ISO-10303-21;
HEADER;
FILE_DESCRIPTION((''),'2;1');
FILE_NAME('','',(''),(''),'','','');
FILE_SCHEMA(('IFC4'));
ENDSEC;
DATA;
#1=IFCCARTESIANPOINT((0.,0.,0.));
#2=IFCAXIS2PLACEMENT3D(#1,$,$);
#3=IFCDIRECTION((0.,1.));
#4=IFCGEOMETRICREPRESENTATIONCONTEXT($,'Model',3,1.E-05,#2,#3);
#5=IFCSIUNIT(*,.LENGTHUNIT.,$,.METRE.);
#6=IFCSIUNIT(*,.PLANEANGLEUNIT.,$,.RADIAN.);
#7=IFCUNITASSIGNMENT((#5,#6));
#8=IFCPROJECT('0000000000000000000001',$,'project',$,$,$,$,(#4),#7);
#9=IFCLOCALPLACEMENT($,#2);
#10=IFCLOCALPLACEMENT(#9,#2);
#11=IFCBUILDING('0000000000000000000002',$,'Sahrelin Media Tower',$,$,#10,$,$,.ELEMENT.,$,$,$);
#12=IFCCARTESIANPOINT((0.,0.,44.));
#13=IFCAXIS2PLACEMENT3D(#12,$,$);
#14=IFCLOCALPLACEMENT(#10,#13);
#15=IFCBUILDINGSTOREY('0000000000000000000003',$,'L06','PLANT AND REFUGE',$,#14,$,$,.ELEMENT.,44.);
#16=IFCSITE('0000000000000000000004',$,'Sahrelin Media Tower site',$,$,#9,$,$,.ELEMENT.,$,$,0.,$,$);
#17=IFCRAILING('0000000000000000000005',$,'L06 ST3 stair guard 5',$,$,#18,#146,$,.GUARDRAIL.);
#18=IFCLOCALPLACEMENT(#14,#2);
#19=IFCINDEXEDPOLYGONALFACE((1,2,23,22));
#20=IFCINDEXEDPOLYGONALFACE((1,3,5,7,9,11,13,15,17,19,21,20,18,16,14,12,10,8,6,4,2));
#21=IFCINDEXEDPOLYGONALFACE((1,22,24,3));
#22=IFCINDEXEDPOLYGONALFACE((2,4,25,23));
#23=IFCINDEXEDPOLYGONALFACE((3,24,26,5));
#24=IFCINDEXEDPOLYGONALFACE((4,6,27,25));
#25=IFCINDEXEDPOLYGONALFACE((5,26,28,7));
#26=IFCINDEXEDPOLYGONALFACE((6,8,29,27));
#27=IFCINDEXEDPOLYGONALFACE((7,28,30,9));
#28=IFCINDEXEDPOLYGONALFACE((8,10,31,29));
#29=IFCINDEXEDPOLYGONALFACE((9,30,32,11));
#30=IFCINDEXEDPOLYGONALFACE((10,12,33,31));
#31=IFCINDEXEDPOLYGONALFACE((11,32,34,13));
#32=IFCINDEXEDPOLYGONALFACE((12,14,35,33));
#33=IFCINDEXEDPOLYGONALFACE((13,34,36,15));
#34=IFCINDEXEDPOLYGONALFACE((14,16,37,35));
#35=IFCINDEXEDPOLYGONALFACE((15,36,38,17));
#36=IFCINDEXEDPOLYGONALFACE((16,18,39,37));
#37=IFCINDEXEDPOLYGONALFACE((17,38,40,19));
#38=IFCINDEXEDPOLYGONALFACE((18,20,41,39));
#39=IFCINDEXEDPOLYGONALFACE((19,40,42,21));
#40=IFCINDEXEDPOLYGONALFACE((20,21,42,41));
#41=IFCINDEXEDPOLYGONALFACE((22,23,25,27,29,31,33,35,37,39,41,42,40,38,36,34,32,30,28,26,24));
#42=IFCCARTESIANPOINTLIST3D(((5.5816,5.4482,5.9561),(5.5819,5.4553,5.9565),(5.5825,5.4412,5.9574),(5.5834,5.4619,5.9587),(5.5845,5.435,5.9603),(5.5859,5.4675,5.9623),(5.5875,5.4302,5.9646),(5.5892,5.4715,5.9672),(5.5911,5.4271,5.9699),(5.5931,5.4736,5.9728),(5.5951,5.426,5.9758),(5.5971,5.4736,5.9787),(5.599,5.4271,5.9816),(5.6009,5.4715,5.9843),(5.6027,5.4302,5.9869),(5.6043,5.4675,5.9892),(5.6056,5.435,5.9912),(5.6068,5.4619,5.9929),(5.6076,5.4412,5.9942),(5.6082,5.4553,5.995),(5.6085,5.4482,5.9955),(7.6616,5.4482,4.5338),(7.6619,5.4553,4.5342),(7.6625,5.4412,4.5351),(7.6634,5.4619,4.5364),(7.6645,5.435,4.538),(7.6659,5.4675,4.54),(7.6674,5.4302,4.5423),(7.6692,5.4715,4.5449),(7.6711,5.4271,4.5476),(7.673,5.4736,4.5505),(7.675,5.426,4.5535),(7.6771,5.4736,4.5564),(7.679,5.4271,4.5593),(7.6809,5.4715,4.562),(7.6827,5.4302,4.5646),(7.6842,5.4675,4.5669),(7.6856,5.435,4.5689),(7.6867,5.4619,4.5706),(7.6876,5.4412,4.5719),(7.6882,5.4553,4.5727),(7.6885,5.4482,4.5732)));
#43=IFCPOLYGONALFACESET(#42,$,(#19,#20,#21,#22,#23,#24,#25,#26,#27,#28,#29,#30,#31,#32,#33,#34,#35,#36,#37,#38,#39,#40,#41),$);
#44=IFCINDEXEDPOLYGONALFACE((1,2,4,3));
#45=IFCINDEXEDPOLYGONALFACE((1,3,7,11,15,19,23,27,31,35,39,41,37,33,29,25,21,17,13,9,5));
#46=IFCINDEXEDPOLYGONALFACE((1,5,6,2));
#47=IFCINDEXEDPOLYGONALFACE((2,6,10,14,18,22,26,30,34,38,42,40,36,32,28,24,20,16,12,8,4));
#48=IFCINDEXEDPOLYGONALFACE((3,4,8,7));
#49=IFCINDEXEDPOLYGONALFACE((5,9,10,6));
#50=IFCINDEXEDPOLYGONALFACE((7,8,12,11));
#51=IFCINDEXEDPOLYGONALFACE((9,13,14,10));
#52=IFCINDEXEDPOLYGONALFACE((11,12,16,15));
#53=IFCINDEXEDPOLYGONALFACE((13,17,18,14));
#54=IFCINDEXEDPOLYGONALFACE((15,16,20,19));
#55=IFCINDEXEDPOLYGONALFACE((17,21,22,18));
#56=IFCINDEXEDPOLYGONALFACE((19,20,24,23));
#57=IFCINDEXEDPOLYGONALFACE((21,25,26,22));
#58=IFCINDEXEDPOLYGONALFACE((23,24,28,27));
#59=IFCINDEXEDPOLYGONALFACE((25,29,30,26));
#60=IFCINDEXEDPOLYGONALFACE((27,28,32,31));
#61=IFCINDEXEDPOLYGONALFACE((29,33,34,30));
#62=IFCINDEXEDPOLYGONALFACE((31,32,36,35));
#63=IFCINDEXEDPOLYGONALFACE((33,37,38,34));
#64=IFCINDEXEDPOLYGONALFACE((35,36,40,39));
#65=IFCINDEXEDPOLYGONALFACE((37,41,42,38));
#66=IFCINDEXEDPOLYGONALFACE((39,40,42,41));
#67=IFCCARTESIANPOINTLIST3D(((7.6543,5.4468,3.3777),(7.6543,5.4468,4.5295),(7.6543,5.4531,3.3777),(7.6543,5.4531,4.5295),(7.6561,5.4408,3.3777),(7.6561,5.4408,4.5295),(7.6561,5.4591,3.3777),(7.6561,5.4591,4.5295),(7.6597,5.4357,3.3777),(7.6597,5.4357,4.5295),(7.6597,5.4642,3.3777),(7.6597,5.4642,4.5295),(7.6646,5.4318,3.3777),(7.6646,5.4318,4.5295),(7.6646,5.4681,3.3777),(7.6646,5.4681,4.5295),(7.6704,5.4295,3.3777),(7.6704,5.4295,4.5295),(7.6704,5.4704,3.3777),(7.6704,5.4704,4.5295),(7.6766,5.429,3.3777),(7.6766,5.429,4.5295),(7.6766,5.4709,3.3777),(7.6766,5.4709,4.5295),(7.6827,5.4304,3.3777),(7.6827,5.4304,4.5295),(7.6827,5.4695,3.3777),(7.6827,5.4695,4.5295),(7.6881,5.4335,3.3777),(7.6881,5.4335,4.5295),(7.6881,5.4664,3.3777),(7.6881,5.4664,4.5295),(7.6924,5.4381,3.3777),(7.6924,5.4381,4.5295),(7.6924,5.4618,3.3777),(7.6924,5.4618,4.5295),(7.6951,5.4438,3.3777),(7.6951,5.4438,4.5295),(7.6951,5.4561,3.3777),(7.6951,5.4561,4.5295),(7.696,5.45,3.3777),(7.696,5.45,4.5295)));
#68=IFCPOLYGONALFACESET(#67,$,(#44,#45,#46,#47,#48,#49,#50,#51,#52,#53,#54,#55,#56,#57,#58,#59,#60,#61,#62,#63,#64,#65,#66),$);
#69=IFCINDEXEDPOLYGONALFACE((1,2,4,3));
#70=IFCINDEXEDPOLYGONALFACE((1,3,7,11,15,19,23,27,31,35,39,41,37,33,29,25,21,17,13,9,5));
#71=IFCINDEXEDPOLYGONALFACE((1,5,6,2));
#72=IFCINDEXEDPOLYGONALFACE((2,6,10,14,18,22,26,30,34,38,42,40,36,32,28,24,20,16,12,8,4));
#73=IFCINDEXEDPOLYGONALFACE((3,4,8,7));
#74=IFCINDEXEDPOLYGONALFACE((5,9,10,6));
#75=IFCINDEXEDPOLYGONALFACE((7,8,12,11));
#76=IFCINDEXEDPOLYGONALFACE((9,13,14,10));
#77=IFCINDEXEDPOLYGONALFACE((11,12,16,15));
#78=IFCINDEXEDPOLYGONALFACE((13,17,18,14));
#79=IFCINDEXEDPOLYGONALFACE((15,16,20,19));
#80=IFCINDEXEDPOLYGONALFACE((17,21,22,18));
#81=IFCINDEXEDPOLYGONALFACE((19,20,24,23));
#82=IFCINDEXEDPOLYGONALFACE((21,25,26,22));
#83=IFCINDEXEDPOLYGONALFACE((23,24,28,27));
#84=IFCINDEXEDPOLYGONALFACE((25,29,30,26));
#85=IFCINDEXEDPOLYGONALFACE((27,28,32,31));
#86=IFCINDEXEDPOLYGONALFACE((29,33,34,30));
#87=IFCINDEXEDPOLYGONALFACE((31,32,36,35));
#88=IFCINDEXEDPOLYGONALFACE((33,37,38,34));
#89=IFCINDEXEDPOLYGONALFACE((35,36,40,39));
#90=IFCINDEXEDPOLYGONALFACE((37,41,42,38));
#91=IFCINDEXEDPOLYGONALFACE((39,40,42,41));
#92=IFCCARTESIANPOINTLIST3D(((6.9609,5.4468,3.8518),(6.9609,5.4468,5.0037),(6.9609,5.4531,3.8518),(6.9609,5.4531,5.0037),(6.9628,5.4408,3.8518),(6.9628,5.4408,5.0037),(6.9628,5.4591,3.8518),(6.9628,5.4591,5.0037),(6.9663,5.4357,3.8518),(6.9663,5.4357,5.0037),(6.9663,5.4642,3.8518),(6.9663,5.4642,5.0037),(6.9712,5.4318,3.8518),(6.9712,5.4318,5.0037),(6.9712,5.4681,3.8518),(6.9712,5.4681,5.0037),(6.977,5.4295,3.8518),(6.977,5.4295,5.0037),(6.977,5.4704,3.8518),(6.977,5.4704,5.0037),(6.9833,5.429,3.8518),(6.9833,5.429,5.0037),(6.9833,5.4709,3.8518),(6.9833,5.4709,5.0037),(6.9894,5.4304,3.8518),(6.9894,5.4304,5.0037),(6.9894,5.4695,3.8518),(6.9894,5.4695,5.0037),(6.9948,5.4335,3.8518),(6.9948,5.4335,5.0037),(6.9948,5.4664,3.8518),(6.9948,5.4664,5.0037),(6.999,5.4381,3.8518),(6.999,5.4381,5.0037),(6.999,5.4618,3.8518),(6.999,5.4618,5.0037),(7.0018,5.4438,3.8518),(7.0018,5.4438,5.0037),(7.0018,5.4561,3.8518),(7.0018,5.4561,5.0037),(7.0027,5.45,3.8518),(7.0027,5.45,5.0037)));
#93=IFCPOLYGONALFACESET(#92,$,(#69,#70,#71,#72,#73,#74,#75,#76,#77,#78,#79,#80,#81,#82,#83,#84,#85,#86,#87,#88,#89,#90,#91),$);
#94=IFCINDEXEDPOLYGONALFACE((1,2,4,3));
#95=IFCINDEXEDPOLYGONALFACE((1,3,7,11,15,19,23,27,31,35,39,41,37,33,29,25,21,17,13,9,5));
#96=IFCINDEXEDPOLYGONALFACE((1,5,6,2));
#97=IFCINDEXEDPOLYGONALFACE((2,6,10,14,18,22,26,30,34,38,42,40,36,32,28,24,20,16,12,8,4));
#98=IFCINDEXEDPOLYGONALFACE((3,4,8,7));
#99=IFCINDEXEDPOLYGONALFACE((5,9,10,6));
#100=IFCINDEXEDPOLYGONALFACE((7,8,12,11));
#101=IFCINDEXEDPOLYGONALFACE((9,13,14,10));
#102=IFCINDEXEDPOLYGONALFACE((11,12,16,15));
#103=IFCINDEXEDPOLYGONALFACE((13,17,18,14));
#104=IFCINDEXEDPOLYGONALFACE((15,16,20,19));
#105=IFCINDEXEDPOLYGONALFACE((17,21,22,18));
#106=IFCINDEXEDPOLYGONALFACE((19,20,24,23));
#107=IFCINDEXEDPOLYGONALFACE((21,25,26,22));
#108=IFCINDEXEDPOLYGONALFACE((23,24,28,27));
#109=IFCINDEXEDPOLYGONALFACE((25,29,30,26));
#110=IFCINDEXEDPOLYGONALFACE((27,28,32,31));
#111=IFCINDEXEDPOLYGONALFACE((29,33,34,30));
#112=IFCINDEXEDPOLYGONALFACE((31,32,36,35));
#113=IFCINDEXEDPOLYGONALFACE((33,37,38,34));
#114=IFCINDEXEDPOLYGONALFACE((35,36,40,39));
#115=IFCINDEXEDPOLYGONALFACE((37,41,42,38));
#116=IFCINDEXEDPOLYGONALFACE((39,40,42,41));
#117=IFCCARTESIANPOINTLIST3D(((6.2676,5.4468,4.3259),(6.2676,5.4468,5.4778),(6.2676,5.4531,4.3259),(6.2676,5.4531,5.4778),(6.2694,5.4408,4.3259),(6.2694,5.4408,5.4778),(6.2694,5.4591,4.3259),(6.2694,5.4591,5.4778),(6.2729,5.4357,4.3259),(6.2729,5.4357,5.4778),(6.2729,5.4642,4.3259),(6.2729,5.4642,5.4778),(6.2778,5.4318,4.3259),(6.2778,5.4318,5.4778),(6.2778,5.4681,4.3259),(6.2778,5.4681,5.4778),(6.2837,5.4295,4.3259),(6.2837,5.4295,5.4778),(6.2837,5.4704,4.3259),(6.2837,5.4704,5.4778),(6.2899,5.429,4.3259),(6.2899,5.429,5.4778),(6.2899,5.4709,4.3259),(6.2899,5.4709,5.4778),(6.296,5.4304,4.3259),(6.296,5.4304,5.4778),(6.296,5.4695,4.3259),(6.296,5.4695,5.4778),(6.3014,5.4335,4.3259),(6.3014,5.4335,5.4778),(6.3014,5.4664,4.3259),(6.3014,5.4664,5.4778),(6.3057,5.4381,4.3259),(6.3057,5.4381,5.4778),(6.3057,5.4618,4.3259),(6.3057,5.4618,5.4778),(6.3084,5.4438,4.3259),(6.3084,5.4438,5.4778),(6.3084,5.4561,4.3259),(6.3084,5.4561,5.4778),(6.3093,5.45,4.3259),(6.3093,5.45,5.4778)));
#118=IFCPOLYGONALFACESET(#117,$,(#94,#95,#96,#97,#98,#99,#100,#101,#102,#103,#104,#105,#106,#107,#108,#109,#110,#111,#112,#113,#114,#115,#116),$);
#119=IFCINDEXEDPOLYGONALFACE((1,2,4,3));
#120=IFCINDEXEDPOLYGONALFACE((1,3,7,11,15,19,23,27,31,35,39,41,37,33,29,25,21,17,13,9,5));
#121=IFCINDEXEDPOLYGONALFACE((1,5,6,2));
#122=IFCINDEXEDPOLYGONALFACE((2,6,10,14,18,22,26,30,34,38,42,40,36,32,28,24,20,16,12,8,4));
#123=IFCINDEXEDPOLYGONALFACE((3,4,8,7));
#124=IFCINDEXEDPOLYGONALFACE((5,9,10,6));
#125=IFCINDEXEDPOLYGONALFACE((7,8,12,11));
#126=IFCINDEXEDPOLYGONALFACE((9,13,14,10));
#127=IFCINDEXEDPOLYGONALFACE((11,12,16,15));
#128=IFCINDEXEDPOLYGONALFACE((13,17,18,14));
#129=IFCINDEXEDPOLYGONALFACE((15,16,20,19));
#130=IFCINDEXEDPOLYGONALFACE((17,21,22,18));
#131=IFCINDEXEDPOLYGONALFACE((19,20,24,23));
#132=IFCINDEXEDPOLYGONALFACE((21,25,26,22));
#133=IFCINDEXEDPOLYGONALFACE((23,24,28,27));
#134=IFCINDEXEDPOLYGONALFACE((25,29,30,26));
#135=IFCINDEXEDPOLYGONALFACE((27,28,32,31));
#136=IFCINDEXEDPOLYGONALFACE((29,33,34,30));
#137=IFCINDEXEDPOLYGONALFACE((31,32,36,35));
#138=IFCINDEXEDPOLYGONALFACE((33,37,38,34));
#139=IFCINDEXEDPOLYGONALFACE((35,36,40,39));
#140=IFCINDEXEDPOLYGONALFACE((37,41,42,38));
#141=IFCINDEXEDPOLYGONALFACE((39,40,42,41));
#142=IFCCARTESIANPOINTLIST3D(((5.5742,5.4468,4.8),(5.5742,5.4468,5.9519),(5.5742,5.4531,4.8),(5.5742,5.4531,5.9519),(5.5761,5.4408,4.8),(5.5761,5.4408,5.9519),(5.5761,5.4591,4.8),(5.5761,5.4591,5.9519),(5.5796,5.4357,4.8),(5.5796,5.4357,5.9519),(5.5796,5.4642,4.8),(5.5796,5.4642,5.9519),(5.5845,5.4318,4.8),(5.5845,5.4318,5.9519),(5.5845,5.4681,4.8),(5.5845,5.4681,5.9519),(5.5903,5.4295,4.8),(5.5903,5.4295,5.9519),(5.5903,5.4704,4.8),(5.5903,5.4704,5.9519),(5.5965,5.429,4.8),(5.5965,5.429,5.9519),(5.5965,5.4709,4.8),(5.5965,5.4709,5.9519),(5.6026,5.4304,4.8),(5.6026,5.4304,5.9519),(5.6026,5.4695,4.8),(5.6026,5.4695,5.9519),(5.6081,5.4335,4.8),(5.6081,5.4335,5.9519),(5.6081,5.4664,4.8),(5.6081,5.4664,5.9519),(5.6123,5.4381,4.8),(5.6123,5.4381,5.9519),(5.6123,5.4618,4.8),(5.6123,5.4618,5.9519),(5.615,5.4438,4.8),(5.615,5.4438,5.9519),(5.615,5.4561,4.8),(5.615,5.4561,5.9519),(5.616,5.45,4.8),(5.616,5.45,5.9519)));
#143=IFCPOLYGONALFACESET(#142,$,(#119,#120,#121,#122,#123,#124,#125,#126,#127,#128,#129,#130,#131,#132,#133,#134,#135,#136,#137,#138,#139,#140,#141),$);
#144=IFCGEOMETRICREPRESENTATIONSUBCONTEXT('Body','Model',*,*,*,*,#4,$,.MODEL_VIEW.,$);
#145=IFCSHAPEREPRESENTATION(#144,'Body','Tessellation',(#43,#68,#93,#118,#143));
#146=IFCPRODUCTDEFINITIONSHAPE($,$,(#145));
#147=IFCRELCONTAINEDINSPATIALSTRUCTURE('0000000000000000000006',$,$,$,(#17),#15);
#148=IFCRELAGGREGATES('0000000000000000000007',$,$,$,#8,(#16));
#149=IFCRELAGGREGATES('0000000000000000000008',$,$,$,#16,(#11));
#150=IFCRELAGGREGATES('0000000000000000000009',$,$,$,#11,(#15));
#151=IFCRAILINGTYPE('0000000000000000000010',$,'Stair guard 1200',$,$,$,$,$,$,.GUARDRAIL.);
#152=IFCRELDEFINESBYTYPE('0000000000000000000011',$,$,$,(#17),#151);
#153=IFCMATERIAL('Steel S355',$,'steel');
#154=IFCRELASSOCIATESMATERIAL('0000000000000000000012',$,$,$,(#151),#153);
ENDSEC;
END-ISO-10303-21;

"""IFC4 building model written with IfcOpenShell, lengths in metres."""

from ifc_helpers import new_model, si_unit, direction, frame, origin, origin_2d, place, context, subcontext, project, spatial, circle, extrude, material, type_object, element, save


model = new_model("IFC4")

# Units and contexts
model_context = context("Model", 3, precision=1e-05, world=origin(), true_north=direction((0.0, 1.0)))
body_context = subcontext(model_context, "Body", "Model", "MODEL_VIEW")
ifc_project = project(units=[si_unit("LENGTHUNIT", "METRE"), si_unit("PLANEANGLEUNIT", "RADIAN")], contexts=[model_context])

# Site, building, storey
site_placement = place(None, origin())
site = spatial("IfcSite", under=ifc_project, at=site_placement, Name="Sahrelin Media Tower site", CompositionType="ELEMENT", RefElevation=0.0)
building_placement = place(site_placement, origin())
building = spatial("IfcBuilding", under=site, at=building_placement, Name="Sahrelin Media Tower", CompositionType="ELEMENT")
storey_placement = place(building_placement, frame((0.0, 0.0, 44.0)))
storey = spatial("IfcBuildingStorey", under=building, at=storey_placement, Name="L06", Description="PLANT AND REFUGE", CompositionType="ELEMENT", Elevation=44.0)

# Shared definitions
ifc_material_1 = material(Name="Steel S355", Category="steel")

# Railing
railing_type_1 = type_object("IfcRailingType", Name="Stair guard 1200", PredefinedType="GUARDRAIL", material=ifc_material_1)
railing_1_placement = place(storey_placement, frame((7.675, 5.45, 3.3777)))
element("IfcRailing", 1, at=railing_1_placement, inside=storey, type_object=railing_type_1, Name="L06 ST3 stair guard 5", PredefinedType="GUARDRAIL", context=body_context, shape_type="SweptSolid", body=[
    extrude(circle(Radius=0.0239, at=origin_2d()), frame((0.0, 0.0, 1.1758), z_axis=(-0.825464, 0.0, 0.564455), x_axis=(0.0, -1.0, 0.0)), (0.0, 0.0, 1.0), 2.5198),
    extrude(circle(Radius=0.021, at=origin_2d()), origin(), (0.0, 0.0, 1.0), 1.1519),
    extrude(circle(Radius=0.021, at=origin_2d()), frame((-0.6934, 0.0, 0.4741)), (0.0, 0.0, 1.0), 1.1519),
    extrude(circle(Radius=0.021, at=origin_2d()), frame((-1.3867, 0.0, 0.9482)), (0.0, 0.0, 1.0), 1.1519),
    extrude(circle(Radius=0.021, at=origin_2d()), frame((-2.0801, 0.0, 1.4224)), (0.0, 0.0, 1.0), 1.1519),
])

save(model, "model.ifc")
